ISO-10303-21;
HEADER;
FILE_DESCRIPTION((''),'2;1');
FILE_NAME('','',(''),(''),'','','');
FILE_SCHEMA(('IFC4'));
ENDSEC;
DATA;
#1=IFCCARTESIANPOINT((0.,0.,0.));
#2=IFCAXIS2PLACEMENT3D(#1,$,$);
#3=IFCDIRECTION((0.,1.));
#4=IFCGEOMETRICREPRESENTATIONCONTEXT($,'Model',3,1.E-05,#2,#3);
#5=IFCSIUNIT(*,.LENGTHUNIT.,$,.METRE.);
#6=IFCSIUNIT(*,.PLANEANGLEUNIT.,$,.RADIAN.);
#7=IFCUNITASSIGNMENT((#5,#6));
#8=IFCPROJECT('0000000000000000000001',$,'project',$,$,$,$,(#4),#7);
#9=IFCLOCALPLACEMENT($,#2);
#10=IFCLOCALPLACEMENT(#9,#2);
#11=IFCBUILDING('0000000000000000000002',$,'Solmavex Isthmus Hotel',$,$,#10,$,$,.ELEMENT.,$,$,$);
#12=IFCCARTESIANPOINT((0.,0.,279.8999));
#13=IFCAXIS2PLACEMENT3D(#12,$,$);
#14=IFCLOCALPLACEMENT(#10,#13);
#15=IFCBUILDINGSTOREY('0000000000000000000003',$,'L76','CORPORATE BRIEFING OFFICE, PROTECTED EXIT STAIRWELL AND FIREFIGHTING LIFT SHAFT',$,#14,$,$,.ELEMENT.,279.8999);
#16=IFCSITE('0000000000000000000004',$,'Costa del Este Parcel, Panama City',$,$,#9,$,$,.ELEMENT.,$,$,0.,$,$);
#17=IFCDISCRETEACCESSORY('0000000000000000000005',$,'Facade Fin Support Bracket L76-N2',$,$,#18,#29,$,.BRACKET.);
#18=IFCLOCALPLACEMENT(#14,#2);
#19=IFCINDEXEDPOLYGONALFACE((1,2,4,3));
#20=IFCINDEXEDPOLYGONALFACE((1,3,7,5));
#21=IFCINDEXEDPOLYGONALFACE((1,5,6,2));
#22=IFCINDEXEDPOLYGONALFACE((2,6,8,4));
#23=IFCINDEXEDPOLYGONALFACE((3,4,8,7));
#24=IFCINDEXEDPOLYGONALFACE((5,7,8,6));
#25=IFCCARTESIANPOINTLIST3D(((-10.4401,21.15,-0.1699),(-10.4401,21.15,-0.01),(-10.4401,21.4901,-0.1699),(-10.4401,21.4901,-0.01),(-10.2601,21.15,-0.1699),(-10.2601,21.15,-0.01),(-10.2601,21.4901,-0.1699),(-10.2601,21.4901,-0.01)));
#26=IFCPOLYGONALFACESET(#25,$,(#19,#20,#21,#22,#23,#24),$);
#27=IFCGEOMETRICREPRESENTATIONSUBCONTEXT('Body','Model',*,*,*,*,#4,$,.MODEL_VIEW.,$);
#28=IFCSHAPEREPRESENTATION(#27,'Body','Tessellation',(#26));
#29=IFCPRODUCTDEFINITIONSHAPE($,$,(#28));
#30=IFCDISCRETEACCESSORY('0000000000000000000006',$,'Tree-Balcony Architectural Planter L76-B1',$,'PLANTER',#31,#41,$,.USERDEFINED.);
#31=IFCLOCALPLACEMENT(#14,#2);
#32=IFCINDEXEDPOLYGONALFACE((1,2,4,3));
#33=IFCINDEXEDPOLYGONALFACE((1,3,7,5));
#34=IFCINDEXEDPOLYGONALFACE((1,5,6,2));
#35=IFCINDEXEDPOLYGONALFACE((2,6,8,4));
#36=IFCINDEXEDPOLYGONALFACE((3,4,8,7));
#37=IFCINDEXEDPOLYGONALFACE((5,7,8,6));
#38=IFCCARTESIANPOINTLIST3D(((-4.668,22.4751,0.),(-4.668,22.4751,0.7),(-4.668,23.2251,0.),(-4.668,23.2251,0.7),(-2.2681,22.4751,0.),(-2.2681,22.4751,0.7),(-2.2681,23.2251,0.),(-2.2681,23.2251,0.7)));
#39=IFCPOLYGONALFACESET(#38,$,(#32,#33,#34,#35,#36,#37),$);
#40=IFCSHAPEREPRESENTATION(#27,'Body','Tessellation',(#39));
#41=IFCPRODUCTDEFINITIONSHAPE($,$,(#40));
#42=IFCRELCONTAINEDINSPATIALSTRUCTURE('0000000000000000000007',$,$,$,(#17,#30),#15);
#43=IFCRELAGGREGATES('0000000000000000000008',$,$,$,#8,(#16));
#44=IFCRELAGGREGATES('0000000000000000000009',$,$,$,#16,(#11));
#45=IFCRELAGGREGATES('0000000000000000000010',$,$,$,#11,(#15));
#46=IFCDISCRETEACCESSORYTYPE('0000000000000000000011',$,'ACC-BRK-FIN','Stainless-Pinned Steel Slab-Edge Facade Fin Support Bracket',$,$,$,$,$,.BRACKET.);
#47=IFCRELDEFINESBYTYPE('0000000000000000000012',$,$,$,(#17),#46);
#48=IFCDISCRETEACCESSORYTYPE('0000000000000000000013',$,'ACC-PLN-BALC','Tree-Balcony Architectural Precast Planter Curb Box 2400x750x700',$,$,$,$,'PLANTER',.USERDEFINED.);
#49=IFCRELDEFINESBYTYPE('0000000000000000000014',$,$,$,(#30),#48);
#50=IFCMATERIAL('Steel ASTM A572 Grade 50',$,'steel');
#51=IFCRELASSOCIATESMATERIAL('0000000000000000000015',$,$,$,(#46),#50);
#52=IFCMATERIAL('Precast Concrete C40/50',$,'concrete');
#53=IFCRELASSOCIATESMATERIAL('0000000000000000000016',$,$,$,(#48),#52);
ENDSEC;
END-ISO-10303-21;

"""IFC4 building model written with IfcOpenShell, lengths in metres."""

from ifc_helpers import new_model, si_unit, direction, frame, origin, origin_2d, place, context, subcontext, project, spatial, rectangle, extrude, material, type_object, element, save


model = new_model("IFC4")

# Units and contexts
model_context = context("Model", 3, precision=1e-05, world=origin(), true_north=direction((0.0, 1.0)))
body_context = subcontext(model_context, "Body", "Model", "MODEL_VIEW")
ifc_project = project(units=[si_unit("LENGTHUNIT", "METRE"), si_unit("PLANEANGLEUNIT", "RADIAN")], contexts=[model_context])

# Site, building, storey
site_placement = place(None, origin())
site = spatial("IfcSite", under=ifc_project, at=site_placement, Name="Costa del Este Parcel, Panama City", CompositionType="ELEMENT", RefElevation=0.0)
building_placement = place(site_placement, origin())
building = spatial("IfcBuilding", under=site, at=building_placement, Name="Solmavex Isthmus Hotel", CompositionType="ELEMENT")
storey_placement = place(building_placement, frame((0.0, 0.0, 279.8999)))
storey = spatial("IfcBuildingStorey", under=building, at=storey_placement, Name="L76", Description="CORPORATE BRIEFING OFFICE, PROTECTED EXIT STAIRWELL AND FIREFIGHTING LIFT SHAFT", CompositionType="ELEMENT", Elevation=279.8999)

# Shared definitions
ifc_material_1 = material(Name="Precast Concrete C40/50", Category="concrete")

# Discrete accessories
ifc_material_2 = material(Name="Steel ASTM A572 Grade 50", Category="steel")
discrete_accessory_type_1 = type_object("IfcDiscreteAccessoryType", Name="ACC-BRK-FIN", Description="Stainless-Pinned Steel Slab-Edge Facade Fin Support Bracket", PredefinedType="BRACKET", material=ifc_material_2)
discrete_accessory_1_placement = place(storey_placement, frame((-10.3501, 21.3201, -0.1699), z_axis=(0.0, 0.0, 1.0), x_axis=(0.0, 1.0, 0.0)))
element("IfcDiscreteAccessory", 1, at=discrete_accessory_1_placement, inside=storey, type_object=discrete_accessory_type_1, Name="Facade Fin Support Bracket L76-N2", PredefinedType="BRACKET", context=body_context, shape_type="SweptSolid", body=[
    extrude(rectangle(XDim=0.3401, YDim=0.1799, at=origin_2d()), origin(), (0.0, 0.0, 1.0), 0.1599),
])
discrete_accessory_type_2 = type_object("IfcDiscreteAccessoryType", Name="ACC-PLN-BALC", Description="Tree-Balcony Architectural Precast Planter Curb Box 2400x750x700", ElementType="PLANTER", PredefinedType="USERDEFINED", material=ifc_material_1)
discrete_accessory_2_placement = place(storey_placement, frame((-3.468, 22.8501, 0.0), z_axis=(0.0, 0.0, 1.0), x_axis=(1.0, 0.0, 0.0)))
element("IfcDiscreteAccessory", 2, at=discrete_accessory_2_placement, inside=storey, type_object=discrete_accessory_type_2, Name="Tree-Balcony Architectural Planter L76-B1", ObjectType="PLANTER", PredefinedType="USERDEFINED", context=body_context, shape_type="SweptSolid", body=[
    extrude(rectangle(XDim=2.3999, YDim=0.75, at=origin_2d()), origin(), (0.0, 0.0, 1.0), 0.7),
])

save(model, "model.ifc")
